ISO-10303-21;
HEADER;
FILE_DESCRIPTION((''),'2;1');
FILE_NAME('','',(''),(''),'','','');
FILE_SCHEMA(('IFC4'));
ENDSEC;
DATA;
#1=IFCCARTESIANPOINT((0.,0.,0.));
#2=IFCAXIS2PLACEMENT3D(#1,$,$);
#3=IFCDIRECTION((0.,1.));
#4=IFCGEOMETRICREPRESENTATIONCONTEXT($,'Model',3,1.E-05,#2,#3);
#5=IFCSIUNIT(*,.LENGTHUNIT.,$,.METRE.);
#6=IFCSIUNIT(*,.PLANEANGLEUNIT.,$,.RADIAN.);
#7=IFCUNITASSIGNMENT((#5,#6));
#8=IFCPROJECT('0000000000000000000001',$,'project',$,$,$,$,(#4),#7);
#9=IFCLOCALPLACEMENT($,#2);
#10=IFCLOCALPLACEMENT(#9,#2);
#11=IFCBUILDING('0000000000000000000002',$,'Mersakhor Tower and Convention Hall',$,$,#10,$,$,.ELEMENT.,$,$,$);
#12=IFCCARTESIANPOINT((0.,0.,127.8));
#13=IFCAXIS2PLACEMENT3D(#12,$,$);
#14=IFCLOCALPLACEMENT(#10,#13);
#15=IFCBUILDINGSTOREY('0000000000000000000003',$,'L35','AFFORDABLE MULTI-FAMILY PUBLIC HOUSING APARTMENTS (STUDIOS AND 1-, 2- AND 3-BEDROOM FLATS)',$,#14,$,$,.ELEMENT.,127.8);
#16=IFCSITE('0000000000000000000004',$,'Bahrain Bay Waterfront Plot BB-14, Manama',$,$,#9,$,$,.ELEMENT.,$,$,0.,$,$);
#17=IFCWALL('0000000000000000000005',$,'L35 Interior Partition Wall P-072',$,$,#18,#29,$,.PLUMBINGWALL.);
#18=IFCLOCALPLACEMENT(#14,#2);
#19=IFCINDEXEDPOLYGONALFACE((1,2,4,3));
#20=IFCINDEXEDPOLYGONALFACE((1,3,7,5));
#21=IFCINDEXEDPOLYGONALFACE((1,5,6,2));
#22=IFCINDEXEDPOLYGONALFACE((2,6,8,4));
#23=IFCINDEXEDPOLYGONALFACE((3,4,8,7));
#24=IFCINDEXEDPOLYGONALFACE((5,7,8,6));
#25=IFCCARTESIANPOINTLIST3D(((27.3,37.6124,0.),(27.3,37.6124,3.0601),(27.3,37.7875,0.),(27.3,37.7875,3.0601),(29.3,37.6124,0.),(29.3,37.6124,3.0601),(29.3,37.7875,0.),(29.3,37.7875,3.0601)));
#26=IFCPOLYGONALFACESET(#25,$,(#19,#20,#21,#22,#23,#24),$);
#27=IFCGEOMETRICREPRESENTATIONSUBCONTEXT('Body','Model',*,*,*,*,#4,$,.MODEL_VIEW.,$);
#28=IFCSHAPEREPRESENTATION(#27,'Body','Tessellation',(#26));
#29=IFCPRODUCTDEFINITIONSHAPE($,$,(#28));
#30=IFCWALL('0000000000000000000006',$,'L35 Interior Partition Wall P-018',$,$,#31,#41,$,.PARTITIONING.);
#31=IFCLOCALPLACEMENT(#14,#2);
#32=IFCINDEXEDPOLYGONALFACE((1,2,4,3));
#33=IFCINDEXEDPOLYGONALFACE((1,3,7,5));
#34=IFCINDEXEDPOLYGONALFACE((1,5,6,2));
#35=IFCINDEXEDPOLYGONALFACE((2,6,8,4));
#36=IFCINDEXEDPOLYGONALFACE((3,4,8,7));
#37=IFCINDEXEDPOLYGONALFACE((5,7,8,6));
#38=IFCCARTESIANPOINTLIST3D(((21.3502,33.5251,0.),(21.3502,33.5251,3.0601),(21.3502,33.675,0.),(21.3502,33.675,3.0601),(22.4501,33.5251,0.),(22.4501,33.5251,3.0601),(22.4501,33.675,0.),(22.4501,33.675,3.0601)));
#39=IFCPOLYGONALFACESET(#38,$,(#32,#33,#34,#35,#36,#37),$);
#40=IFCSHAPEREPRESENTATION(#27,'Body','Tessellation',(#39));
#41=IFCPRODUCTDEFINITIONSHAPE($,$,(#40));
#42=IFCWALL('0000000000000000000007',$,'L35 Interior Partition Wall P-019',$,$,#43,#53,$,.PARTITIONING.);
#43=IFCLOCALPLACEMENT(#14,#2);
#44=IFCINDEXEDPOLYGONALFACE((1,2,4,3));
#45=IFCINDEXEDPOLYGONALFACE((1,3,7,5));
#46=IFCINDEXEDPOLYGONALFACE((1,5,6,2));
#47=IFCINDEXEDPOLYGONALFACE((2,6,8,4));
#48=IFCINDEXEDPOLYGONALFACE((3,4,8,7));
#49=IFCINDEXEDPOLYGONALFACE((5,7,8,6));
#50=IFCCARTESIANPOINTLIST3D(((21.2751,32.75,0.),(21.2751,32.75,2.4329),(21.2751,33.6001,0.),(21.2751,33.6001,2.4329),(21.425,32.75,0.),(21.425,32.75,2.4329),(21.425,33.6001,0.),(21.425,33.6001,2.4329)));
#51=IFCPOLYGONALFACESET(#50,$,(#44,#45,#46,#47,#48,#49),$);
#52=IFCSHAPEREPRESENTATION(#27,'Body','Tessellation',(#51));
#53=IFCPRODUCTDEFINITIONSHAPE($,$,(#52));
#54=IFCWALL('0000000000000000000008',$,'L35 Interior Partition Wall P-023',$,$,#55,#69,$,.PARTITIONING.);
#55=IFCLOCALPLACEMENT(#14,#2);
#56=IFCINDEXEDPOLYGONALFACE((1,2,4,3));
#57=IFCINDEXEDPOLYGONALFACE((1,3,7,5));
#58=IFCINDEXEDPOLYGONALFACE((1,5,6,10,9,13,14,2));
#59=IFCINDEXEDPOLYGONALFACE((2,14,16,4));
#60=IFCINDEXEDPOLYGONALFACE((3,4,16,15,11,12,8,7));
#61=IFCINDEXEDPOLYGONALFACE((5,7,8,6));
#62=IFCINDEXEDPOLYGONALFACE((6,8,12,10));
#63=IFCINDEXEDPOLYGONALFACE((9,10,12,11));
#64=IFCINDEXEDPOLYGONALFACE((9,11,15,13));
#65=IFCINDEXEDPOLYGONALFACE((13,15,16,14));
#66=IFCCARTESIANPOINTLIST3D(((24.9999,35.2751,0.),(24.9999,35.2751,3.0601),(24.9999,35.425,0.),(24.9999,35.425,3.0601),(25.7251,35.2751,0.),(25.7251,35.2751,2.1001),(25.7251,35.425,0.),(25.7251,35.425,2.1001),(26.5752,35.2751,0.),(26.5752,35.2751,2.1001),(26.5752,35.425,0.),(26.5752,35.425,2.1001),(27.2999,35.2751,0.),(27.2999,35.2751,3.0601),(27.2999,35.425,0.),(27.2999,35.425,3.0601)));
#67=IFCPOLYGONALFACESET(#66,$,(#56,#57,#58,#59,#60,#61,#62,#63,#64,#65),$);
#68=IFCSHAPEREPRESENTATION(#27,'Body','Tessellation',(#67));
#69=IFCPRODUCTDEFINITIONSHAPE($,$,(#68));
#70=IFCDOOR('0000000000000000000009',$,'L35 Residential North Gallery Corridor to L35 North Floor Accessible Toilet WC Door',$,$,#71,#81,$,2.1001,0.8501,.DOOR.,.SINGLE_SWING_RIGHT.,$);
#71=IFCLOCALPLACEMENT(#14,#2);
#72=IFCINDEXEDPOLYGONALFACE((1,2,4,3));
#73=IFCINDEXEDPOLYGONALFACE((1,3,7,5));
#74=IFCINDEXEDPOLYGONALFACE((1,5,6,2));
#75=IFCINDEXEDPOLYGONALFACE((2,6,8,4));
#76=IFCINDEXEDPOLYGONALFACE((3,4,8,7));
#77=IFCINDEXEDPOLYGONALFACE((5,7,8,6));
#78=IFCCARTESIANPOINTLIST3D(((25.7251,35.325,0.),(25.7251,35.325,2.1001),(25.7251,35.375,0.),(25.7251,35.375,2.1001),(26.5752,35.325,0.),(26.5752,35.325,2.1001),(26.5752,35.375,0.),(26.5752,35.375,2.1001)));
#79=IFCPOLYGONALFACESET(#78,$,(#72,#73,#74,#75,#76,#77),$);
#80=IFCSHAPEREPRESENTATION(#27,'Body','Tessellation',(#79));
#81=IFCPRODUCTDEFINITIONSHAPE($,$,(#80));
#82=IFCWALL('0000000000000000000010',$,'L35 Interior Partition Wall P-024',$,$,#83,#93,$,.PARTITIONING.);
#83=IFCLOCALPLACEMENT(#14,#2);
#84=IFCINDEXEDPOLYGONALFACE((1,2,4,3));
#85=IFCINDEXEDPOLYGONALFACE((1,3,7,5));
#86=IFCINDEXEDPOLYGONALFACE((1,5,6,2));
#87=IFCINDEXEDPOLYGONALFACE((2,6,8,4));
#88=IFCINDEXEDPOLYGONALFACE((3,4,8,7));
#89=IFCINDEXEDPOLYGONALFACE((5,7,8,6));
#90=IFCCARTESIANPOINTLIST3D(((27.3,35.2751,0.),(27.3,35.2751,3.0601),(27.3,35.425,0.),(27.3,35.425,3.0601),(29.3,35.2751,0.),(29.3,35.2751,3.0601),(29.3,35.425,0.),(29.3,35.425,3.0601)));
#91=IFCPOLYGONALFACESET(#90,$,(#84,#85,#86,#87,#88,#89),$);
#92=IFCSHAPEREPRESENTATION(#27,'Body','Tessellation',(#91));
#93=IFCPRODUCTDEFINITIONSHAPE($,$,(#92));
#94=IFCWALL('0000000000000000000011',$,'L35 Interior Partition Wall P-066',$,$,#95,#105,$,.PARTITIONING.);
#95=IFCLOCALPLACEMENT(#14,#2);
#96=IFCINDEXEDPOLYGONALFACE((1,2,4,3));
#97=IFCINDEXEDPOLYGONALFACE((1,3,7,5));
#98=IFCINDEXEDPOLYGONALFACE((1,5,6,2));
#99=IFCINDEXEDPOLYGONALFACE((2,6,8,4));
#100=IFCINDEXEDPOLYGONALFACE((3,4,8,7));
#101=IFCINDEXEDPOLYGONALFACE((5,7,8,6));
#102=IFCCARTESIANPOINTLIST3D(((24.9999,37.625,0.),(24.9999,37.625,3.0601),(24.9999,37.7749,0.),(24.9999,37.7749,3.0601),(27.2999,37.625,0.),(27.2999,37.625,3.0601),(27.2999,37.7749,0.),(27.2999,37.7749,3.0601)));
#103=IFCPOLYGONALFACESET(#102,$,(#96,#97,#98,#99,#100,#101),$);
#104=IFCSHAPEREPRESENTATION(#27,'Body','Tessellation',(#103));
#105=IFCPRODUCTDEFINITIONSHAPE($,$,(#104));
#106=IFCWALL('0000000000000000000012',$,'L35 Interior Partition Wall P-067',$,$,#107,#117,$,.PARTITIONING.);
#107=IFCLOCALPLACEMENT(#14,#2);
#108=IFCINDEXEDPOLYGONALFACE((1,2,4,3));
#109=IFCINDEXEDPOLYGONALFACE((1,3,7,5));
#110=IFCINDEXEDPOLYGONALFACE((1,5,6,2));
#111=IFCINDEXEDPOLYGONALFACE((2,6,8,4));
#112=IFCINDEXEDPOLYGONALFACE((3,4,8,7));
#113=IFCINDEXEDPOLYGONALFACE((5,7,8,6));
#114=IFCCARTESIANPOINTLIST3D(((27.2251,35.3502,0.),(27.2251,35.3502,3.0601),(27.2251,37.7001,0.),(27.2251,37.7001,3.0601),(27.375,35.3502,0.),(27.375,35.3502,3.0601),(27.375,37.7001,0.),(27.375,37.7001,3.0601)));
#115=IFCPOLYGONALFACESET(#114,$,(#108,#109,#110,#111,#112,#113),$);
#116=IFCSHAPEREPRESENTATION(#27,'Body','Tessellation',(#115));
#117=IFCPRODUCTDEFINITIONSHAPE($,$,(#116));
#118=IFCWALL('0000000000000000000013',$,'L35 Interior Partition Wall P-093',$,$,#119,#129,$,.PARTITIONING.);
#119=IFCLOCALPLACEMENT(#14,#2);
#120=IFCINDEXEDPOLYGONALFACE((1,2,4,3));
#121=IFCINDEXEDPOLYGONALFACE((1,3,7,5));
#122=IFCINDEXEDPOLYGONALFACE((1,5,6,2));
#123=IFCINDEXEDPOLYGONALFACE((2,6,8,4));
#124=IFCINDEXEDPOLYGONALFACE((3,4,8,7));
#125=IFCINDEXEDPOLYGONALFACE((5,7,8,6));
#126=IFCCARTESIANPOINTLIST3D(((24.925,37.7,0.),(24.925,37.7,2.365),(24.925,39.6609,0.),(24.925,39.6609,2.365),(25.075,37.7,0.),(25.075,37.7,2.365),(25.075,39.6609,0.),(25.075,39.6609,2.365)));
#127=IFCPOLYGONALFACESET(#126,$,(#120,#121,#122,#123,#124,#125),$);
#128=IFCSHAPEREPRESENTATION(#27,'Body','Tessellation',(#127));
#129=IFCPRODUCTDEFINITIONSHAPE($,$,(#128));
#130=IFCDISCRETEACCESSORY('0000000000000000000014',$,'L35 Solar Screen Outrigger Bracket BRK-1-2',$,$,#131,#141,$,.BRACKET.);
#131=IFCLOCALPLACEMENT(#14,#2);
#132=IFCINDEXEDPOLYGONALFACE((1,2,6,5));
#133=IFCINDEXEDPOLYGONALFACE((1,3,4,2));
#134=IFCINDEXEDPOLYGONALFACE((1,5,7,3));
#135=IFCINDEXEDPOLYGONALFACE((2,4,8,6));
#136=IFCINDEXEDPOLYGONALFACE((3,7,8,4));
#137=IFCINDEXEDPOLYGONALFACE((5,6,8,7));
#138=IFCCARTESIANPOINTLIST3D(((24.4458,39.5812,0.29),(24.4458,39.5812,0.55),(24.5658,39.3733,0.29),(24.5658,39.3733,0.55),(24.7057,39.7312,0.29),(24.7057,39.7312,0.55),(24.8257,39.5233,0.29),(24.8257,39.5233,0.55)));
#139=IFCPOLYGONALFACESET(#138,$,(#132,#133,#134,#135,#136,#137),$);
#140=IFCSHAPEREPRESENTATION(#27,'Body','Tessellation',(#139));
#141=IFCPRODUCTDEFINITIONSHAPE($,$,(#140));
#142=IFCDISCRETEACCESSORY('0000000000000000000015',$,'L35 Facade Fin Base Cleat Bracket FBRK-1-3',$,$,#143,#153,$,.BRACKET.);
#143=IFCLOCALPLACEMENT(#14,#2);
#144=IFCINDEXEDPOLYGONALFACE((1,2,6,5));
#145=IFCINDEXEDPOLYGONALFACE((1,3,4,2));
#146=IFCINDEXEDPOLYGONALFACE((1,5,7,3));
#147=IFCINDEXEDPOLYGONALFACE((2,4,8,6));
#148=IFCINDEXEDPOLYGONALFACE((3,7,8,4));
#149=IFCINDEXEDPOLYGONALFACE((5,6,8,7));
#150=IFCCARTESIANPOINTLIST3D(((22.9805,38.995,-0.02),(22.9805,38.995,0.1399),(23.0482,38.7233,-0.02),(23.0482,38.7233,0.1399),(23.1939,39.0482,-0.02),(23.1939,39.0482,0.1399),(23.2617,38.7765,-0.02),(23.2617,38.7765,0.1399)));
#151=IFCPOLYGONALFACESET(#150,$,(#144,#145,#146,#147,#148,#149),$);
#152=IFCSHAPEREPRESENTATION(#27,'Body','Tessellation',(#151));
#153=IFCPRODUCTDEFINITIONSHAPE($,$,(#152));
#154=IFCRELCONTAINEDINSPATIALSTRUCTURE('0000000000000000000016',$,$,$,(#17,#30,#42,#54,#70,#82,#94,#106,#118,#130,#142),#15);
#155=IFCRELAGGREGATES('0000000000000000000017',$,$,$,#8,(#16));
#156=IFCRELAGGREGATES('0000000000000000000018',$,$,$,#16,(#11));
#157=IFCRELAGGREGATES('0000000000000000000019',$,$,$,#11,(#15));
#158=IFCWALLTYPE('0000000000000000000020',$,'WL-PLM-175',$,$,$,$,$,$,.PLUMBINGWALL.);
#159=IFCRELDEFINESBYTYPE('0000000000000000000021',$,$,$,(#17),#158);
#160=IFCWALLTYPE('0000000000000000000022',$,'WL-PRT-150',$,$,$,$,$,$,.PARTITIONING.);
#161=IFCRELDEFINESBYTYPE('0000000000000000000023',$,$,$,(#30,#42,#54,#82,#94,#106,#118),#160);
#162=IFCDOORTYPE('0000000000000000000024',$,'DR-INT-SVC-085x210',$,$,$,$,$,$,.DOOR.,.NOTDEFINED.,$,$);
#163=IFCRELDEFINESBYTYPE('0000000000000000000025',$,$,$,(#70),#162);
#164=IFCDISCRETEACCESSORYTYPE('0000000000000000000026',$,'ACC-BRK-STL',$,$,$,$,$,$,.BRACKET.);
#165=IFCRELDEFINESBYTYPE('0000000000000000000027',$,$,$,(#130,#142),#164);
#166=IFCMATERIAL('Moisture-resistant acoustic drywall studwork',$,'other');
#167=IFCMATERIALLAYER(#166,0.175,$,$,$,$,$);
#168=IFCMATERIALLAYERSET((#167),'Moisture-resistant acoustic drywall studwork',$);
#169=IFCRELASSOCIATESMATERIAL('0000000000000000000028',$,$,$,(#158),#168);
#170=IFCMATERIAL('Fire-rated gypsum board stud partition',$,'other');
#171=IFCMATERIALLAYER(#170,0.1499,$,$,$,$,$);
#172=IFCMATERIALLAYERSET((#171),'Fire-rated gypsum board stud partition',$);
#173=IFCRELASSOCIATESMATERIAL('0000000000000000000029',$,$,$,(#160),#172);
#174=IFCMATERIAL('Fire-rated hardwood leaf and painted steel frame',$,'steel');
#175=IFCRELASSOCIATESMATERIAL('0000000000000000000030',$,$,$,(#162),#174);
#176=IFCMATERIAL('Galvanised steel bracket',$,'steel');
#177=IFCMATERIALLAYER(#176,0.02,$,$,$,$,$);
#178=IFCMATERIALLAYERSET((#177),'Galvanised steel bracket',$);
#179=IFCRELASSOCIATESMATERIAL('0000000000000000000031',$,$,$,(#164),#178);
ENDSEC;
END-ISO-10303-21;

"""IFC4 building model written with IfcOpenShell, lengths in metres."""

from ifc_helpers import new_model, si_unit, direction, frame, frame_2d, origin, origin_2d, place, context, subcontext, project, spatial, rectangle, extrude, material, layer, layer_set, type_object, element, fill, save


model = new_model("IFC4")

# Units and contexts
model_context = context("Model", 3, precision=1e-05, world=origin(), true_north=direction((0.0, 1.0)))
body_context = subcontext(model_context, "Body", "Model", "MODEL_VIEW")
ifc_project = project(units=[si_unit("LENGTHUNIT", "METRE"), si_unit("PLANEANGLEUNIT", "RADIAN")], contexts=[model_context])

# Site, building, storey
site_placement = place(None, origin())
site = spatial("IfcSite", under=ifc_project, at=site_placement, Name="Bahrain Bay Waterfront Plot BB-14, Manama", CompositionType="ELEMENT", RefElevation=0.0)
building_placement = place(site_placement, origin())
building = spatial("IfcBuilding", under=site, at=building_placement, Name="Mersakhor Tower and Convention Hall", CompositionType="ELEMENT")
storey_placement = place(building_placement, frame((0.0, 0.0, 127.8)))
storey = spatial("IfcBuildingStorey", under=building, at=storey_placement, Name="L35", Description="AFFORDABLE MULTI-FAMILY PUBLIC HOUSING APARTMENTS (STUDIOS AND 1-, 2- AND 3-BEDROOM FLATS)", CompositionType="ELEMENT", Elevation=127.8)

# Walls
ifc_material_1 = material(Name="Moisture-resistant acoustic drywall studwork", Category="other")
ifc_layer_1 = layer(ifc_material_1, 0.175)
ifc_layer_set_1 = layer_set([ifc_layer_1], Name="Moisture-resistant acoustic drywall studwork")
wall_type_1 = type_object("IfcWallType", Name="WL-PLM-175", PredefinedType="PLUMBINGWALL", material=ifc_layer_set_1)
wall_1_placement = place(storey_placement, frame((27.3, 37.7, 0.0), z_axis=(0.0, 0.0, 1.0), x_axis=(1.0, 0.0, 0.0)))
element("IfcWall", 1, at=wall_1_placement, inside=storey, type_object=wall_type_1, Name="L35 Interior Partition Wall P-072", PredefinedType="PLUMBINGWALL", context=body_context, shape_type="SweptSolid", body=[
    extrude(rectangle(XDim=2.0, YDim=0.175, at=frame_2d((1.0, 0.0))), origin(), (0.0, 0.0, 1.0), 3.0601),
])
ifc_material_2 = material(Name="Fire-rated gypsum board stud partition", Category="other")
ifc_layer_2 = layer(ifc_material_2, 0.1499)
ifc_layer_set_2 = layer_set([ifc_layer_2], Name="Fire-rated gypsum board stud partition")
wall_type_2 = type_object("IfcWallType", Name="WL-PRT-150", PredefinedType="PARTITIONING", material=ifc_layer_set_2)
wall_2_placement = place(storey_placement, frame((22.45, 33.6001, 0.0), z_axis=(0.0, 0.0, 1.0), x_axis=(-1.0, 0.0, 0.0)))
element("IfcWall", 2, at=wall_2_placement, inside=storey, type_object=wall_type_2, Name="L35 Interior Partition Wall P-018", PredefinedType="PARTITIONING", context=body_context, shape_type="SweptSolid", body=[
    extrude(rectangle(XDim=1.0999, YDim=0.1499, at=frame_2d((0.5498, 0.0))), origin(), (0.0, 0.0, 1.0), 3.0601),
])
wall_3_placement = place(storey_placement, frame((21.3501, 33.6001, 0.0), z_axis=(0.0, 0.0, 1.0), x_axis=(0.0, -1.0, 0.0)))
element("IfcWall", 3, at=wall_3_placement, inside=storey, type_object=wall_type_2, Name="L35 Interior Partition Wall P-019", PredefinedType="PARTITIONING", context=body_context, shape_type="SweptSolid", body=[
    extrude(rectangle(XDim=0.8501, YDim=0.1499, at=frame_2d((0.425, 0.0))), origin(), (0.0, 0.0, 1.0), 2.4329),
])

# Wall, opening, door
wall_4_placement = place(storey_placement, frame((25.0, 35.3501, 0.0), z_axis=(0.0, 0.0, 1.0), x_axis=(1.0, 0.0, 0.0)))
wall_4 = element("IfcWall", 4, at=wall_4_placement, inside=storey, type_object=wall_type_2, Name="L35 Interior Partition Wall P-023", PredefinedType="PARTITIONING", context=body_context, shape_type="SweptSolid", body=[
    extrude(rectangle(XDim=2.3, YDim=0.1499, at=frame_2d((1.1499, 0.0))), origin(), (0.0, 0.0, 1.0), 3.0601),
])
opening_placement = place(wall_4_placement, frame((0.7251, 0.0, 0.0)))
opening = element("IfcOpeningElement", 5, at=opening_placement, cuts=wall_4, PredefinedType="OPENING", context=body_context, shape_type="SweptSolid", body=[
    extrude(rectangle(XDim=0.8501, YDim=2.1001, at=frame_2d((0.425, 1.05))), frame((0.0, 0.085, 0.0), z_axis=(0.0, -1.0, 0.0), x_axis=(1.0, 0.0, 0.0)), (0.0, 0.0, 1.0), 0.1699),
])
ifc_material_3 = material(Name="Fire-rated hardwood leaf and painted steel frame", Category="steel")
door_type = type_object("IfcDoorType", Name="DR-INT-SVC-085x210", OperationType="NOTDEFINED", PredefinedType="DOOR", material=ifc_material_3)
door_placement = place(opening_placement, origin())
door = element("IfcDoor", 6, at=door_placement, inside=storey, type_object=door_type, Name="L35 Residential North Gallery Corridor to L35 North Floor Accessible Toilet WC Door", OperationType="SINGLE_SWING_RIGHT", OverallHeight=2.1001, OverallWidth=0.8501, PredefinedType="DOOR", context=body_context, shape_type="SweptSolid", body=[
    extrude(rectangle(XDim=0.8501, YDim=2.1001, at=frame_2d((0.425, 1.05))), frame((0.0, 0.0249, 0.0), z_axis=(0.0, -1.0, 0.0), x_axis=(1.0, 0.0, 0.0)), (0.0, 0.0, 1.0), 0.05),
])
fill(opening, door)

# Walls
wall_5_placement = place(storey_placement, frame((27.3, 35.3501, 0.0), z_axis=(0.0, 0.0, 1.0), x_axis=(1.0, 0.0, 0.0)))
element("IfcWall", 7, at=wall_5_placement, inside=storey, type_object=wall_type_2, Name="L35 Interior Partition Wall P-024", PredefinedType="PARTITIONING", context=body_context, shape_type="SweptSolid", body=[
    extrude(rectangle(XDim=2.0, YDim=0.1499, at=frame_2d((1.0, 0.0))), origin(), (0.0, 0.0, 1.0), 3.0601),
])
wall_6_placement = place(storey_placement, frame((25.0, 37.7, 0.0), z_axis=(0.0, 0.0, 1.0), x_axis=(1.0, 0.0, 0.0)))
element("IfcWall", 8, at=wall_6_placement, inside=storey, type_object=wall_type_2, Name="L35 Interior Partition Wall P-066", PredefinedType="PARTITIONING", context=body_context, shape_type="SweptSolid", body=[
    extrude(rectangle(XDim=2.3, YDim=0.1499, at=frame_2d((1.1499, 0.0))), origin(), (0.0, 0.0, 1.0), 3.0601),
])
wall_7_placement = place(storey_placement, frame((27.3, 37.7, 0.0), z_axis=(0.0, 0.0, 1.0), x_axis=(0.0, -1.0, 0.0)))
element("IfcWall", 9, at=wall_7_placement, inside=storey, type_object=wall_type_2, Name="L35 Interior Partition Wall P-067", PredefinedType="PARTITIONING", context=body_context, shape_type="SweptSolid", body=[
    extrude(rectangle(XDim=2.3499, YDim=0.1499, at=frame_2d((1.1748, 0.0))), origin(), (0.0, 0.0, 1.0), 3.0601),
])
wall_8_placement = place(storey_placement, frame((25.0, 39.6609, 0.0), z_axis=(0.0, 0.0, 1.0), x_axis=(0.0, -1.0, 0.0)))
element("IfcWall", 10, at=wall_8_placement, inside=storey, type_object=wall_type_2, Name="L35 Interior Partition Wall P-093", PredefinedType="PARTITIONING", context=body_context, shape_type="SweptSolid", body=[
    extrude(rectangle(XDim=1.9609, YDim=0.1499, at=frame_2d((0.9805, 0.0))), origin(), (0.0, 0.0, 1.0), 2.365),
])

# Discrete accessories
ifc_material_4 = material(Name="Galvanised steel bracket", Category="steel")
ifc_layer_3 = layer(ifc_material_4, 0.02)
ifc_layer_set_3 = layer_set([ifc_layer_3], Name="Galvanised steel bracket")
discrete_accessory_type = type_object("IfcDiscreteAccessoryType", Name="ACC-BRK-STL", PredefinedType="BRACKET", material=ifc_layer_set_3)
discrete_accessory_1_placement = place(storey_placement, frame((24.6357, 39.5522, 0.29), z_axis=(0.0, 0.0, 1.0), x_axis=(0.866025, 0.5, 0.0)))
element("IfcDiscreteAccessory", 11, at=discrete_accessory_1_placement, inside=storey, type_object=discrete_accessory_type, Name="L35 Solar Screen Outrigger Bracket BRK-1-2", PredefinedType="BRACKET", context=body_context, shape_type="SweptSolid", body=[
    extrude(rectangle(XDim=0.3, YDim=0.24, at=origin_2d()), origin(), (0.0, 0.0, 1.0), 0.26),
])
discrete_accessory_2_placement = place(storey_placement, frame((23.1211, 38.8857, -0.02), z_axis=(0.0, 0.0, 1.0), x_axis=(-0.241922, 0.970296, 0.0)))
element("IfcDiscreteAccessory", 12, at=discrete_accessory_2_placement, inside=storey, type_object=discrete_accessory_type, Name="L35 Facade Fin Base Cleat Bracket FBRK-1-3", PredefinedType="BRACKET", context=body_context, shape_type="SweptSolid", body=[
    extrude(rectangle(XDim=0.28, YDim=0.22, at=origin_2d()), origin(), (0.0, 0.0, 1.0), 0.1599),
])

save(model, "model.ifc")
